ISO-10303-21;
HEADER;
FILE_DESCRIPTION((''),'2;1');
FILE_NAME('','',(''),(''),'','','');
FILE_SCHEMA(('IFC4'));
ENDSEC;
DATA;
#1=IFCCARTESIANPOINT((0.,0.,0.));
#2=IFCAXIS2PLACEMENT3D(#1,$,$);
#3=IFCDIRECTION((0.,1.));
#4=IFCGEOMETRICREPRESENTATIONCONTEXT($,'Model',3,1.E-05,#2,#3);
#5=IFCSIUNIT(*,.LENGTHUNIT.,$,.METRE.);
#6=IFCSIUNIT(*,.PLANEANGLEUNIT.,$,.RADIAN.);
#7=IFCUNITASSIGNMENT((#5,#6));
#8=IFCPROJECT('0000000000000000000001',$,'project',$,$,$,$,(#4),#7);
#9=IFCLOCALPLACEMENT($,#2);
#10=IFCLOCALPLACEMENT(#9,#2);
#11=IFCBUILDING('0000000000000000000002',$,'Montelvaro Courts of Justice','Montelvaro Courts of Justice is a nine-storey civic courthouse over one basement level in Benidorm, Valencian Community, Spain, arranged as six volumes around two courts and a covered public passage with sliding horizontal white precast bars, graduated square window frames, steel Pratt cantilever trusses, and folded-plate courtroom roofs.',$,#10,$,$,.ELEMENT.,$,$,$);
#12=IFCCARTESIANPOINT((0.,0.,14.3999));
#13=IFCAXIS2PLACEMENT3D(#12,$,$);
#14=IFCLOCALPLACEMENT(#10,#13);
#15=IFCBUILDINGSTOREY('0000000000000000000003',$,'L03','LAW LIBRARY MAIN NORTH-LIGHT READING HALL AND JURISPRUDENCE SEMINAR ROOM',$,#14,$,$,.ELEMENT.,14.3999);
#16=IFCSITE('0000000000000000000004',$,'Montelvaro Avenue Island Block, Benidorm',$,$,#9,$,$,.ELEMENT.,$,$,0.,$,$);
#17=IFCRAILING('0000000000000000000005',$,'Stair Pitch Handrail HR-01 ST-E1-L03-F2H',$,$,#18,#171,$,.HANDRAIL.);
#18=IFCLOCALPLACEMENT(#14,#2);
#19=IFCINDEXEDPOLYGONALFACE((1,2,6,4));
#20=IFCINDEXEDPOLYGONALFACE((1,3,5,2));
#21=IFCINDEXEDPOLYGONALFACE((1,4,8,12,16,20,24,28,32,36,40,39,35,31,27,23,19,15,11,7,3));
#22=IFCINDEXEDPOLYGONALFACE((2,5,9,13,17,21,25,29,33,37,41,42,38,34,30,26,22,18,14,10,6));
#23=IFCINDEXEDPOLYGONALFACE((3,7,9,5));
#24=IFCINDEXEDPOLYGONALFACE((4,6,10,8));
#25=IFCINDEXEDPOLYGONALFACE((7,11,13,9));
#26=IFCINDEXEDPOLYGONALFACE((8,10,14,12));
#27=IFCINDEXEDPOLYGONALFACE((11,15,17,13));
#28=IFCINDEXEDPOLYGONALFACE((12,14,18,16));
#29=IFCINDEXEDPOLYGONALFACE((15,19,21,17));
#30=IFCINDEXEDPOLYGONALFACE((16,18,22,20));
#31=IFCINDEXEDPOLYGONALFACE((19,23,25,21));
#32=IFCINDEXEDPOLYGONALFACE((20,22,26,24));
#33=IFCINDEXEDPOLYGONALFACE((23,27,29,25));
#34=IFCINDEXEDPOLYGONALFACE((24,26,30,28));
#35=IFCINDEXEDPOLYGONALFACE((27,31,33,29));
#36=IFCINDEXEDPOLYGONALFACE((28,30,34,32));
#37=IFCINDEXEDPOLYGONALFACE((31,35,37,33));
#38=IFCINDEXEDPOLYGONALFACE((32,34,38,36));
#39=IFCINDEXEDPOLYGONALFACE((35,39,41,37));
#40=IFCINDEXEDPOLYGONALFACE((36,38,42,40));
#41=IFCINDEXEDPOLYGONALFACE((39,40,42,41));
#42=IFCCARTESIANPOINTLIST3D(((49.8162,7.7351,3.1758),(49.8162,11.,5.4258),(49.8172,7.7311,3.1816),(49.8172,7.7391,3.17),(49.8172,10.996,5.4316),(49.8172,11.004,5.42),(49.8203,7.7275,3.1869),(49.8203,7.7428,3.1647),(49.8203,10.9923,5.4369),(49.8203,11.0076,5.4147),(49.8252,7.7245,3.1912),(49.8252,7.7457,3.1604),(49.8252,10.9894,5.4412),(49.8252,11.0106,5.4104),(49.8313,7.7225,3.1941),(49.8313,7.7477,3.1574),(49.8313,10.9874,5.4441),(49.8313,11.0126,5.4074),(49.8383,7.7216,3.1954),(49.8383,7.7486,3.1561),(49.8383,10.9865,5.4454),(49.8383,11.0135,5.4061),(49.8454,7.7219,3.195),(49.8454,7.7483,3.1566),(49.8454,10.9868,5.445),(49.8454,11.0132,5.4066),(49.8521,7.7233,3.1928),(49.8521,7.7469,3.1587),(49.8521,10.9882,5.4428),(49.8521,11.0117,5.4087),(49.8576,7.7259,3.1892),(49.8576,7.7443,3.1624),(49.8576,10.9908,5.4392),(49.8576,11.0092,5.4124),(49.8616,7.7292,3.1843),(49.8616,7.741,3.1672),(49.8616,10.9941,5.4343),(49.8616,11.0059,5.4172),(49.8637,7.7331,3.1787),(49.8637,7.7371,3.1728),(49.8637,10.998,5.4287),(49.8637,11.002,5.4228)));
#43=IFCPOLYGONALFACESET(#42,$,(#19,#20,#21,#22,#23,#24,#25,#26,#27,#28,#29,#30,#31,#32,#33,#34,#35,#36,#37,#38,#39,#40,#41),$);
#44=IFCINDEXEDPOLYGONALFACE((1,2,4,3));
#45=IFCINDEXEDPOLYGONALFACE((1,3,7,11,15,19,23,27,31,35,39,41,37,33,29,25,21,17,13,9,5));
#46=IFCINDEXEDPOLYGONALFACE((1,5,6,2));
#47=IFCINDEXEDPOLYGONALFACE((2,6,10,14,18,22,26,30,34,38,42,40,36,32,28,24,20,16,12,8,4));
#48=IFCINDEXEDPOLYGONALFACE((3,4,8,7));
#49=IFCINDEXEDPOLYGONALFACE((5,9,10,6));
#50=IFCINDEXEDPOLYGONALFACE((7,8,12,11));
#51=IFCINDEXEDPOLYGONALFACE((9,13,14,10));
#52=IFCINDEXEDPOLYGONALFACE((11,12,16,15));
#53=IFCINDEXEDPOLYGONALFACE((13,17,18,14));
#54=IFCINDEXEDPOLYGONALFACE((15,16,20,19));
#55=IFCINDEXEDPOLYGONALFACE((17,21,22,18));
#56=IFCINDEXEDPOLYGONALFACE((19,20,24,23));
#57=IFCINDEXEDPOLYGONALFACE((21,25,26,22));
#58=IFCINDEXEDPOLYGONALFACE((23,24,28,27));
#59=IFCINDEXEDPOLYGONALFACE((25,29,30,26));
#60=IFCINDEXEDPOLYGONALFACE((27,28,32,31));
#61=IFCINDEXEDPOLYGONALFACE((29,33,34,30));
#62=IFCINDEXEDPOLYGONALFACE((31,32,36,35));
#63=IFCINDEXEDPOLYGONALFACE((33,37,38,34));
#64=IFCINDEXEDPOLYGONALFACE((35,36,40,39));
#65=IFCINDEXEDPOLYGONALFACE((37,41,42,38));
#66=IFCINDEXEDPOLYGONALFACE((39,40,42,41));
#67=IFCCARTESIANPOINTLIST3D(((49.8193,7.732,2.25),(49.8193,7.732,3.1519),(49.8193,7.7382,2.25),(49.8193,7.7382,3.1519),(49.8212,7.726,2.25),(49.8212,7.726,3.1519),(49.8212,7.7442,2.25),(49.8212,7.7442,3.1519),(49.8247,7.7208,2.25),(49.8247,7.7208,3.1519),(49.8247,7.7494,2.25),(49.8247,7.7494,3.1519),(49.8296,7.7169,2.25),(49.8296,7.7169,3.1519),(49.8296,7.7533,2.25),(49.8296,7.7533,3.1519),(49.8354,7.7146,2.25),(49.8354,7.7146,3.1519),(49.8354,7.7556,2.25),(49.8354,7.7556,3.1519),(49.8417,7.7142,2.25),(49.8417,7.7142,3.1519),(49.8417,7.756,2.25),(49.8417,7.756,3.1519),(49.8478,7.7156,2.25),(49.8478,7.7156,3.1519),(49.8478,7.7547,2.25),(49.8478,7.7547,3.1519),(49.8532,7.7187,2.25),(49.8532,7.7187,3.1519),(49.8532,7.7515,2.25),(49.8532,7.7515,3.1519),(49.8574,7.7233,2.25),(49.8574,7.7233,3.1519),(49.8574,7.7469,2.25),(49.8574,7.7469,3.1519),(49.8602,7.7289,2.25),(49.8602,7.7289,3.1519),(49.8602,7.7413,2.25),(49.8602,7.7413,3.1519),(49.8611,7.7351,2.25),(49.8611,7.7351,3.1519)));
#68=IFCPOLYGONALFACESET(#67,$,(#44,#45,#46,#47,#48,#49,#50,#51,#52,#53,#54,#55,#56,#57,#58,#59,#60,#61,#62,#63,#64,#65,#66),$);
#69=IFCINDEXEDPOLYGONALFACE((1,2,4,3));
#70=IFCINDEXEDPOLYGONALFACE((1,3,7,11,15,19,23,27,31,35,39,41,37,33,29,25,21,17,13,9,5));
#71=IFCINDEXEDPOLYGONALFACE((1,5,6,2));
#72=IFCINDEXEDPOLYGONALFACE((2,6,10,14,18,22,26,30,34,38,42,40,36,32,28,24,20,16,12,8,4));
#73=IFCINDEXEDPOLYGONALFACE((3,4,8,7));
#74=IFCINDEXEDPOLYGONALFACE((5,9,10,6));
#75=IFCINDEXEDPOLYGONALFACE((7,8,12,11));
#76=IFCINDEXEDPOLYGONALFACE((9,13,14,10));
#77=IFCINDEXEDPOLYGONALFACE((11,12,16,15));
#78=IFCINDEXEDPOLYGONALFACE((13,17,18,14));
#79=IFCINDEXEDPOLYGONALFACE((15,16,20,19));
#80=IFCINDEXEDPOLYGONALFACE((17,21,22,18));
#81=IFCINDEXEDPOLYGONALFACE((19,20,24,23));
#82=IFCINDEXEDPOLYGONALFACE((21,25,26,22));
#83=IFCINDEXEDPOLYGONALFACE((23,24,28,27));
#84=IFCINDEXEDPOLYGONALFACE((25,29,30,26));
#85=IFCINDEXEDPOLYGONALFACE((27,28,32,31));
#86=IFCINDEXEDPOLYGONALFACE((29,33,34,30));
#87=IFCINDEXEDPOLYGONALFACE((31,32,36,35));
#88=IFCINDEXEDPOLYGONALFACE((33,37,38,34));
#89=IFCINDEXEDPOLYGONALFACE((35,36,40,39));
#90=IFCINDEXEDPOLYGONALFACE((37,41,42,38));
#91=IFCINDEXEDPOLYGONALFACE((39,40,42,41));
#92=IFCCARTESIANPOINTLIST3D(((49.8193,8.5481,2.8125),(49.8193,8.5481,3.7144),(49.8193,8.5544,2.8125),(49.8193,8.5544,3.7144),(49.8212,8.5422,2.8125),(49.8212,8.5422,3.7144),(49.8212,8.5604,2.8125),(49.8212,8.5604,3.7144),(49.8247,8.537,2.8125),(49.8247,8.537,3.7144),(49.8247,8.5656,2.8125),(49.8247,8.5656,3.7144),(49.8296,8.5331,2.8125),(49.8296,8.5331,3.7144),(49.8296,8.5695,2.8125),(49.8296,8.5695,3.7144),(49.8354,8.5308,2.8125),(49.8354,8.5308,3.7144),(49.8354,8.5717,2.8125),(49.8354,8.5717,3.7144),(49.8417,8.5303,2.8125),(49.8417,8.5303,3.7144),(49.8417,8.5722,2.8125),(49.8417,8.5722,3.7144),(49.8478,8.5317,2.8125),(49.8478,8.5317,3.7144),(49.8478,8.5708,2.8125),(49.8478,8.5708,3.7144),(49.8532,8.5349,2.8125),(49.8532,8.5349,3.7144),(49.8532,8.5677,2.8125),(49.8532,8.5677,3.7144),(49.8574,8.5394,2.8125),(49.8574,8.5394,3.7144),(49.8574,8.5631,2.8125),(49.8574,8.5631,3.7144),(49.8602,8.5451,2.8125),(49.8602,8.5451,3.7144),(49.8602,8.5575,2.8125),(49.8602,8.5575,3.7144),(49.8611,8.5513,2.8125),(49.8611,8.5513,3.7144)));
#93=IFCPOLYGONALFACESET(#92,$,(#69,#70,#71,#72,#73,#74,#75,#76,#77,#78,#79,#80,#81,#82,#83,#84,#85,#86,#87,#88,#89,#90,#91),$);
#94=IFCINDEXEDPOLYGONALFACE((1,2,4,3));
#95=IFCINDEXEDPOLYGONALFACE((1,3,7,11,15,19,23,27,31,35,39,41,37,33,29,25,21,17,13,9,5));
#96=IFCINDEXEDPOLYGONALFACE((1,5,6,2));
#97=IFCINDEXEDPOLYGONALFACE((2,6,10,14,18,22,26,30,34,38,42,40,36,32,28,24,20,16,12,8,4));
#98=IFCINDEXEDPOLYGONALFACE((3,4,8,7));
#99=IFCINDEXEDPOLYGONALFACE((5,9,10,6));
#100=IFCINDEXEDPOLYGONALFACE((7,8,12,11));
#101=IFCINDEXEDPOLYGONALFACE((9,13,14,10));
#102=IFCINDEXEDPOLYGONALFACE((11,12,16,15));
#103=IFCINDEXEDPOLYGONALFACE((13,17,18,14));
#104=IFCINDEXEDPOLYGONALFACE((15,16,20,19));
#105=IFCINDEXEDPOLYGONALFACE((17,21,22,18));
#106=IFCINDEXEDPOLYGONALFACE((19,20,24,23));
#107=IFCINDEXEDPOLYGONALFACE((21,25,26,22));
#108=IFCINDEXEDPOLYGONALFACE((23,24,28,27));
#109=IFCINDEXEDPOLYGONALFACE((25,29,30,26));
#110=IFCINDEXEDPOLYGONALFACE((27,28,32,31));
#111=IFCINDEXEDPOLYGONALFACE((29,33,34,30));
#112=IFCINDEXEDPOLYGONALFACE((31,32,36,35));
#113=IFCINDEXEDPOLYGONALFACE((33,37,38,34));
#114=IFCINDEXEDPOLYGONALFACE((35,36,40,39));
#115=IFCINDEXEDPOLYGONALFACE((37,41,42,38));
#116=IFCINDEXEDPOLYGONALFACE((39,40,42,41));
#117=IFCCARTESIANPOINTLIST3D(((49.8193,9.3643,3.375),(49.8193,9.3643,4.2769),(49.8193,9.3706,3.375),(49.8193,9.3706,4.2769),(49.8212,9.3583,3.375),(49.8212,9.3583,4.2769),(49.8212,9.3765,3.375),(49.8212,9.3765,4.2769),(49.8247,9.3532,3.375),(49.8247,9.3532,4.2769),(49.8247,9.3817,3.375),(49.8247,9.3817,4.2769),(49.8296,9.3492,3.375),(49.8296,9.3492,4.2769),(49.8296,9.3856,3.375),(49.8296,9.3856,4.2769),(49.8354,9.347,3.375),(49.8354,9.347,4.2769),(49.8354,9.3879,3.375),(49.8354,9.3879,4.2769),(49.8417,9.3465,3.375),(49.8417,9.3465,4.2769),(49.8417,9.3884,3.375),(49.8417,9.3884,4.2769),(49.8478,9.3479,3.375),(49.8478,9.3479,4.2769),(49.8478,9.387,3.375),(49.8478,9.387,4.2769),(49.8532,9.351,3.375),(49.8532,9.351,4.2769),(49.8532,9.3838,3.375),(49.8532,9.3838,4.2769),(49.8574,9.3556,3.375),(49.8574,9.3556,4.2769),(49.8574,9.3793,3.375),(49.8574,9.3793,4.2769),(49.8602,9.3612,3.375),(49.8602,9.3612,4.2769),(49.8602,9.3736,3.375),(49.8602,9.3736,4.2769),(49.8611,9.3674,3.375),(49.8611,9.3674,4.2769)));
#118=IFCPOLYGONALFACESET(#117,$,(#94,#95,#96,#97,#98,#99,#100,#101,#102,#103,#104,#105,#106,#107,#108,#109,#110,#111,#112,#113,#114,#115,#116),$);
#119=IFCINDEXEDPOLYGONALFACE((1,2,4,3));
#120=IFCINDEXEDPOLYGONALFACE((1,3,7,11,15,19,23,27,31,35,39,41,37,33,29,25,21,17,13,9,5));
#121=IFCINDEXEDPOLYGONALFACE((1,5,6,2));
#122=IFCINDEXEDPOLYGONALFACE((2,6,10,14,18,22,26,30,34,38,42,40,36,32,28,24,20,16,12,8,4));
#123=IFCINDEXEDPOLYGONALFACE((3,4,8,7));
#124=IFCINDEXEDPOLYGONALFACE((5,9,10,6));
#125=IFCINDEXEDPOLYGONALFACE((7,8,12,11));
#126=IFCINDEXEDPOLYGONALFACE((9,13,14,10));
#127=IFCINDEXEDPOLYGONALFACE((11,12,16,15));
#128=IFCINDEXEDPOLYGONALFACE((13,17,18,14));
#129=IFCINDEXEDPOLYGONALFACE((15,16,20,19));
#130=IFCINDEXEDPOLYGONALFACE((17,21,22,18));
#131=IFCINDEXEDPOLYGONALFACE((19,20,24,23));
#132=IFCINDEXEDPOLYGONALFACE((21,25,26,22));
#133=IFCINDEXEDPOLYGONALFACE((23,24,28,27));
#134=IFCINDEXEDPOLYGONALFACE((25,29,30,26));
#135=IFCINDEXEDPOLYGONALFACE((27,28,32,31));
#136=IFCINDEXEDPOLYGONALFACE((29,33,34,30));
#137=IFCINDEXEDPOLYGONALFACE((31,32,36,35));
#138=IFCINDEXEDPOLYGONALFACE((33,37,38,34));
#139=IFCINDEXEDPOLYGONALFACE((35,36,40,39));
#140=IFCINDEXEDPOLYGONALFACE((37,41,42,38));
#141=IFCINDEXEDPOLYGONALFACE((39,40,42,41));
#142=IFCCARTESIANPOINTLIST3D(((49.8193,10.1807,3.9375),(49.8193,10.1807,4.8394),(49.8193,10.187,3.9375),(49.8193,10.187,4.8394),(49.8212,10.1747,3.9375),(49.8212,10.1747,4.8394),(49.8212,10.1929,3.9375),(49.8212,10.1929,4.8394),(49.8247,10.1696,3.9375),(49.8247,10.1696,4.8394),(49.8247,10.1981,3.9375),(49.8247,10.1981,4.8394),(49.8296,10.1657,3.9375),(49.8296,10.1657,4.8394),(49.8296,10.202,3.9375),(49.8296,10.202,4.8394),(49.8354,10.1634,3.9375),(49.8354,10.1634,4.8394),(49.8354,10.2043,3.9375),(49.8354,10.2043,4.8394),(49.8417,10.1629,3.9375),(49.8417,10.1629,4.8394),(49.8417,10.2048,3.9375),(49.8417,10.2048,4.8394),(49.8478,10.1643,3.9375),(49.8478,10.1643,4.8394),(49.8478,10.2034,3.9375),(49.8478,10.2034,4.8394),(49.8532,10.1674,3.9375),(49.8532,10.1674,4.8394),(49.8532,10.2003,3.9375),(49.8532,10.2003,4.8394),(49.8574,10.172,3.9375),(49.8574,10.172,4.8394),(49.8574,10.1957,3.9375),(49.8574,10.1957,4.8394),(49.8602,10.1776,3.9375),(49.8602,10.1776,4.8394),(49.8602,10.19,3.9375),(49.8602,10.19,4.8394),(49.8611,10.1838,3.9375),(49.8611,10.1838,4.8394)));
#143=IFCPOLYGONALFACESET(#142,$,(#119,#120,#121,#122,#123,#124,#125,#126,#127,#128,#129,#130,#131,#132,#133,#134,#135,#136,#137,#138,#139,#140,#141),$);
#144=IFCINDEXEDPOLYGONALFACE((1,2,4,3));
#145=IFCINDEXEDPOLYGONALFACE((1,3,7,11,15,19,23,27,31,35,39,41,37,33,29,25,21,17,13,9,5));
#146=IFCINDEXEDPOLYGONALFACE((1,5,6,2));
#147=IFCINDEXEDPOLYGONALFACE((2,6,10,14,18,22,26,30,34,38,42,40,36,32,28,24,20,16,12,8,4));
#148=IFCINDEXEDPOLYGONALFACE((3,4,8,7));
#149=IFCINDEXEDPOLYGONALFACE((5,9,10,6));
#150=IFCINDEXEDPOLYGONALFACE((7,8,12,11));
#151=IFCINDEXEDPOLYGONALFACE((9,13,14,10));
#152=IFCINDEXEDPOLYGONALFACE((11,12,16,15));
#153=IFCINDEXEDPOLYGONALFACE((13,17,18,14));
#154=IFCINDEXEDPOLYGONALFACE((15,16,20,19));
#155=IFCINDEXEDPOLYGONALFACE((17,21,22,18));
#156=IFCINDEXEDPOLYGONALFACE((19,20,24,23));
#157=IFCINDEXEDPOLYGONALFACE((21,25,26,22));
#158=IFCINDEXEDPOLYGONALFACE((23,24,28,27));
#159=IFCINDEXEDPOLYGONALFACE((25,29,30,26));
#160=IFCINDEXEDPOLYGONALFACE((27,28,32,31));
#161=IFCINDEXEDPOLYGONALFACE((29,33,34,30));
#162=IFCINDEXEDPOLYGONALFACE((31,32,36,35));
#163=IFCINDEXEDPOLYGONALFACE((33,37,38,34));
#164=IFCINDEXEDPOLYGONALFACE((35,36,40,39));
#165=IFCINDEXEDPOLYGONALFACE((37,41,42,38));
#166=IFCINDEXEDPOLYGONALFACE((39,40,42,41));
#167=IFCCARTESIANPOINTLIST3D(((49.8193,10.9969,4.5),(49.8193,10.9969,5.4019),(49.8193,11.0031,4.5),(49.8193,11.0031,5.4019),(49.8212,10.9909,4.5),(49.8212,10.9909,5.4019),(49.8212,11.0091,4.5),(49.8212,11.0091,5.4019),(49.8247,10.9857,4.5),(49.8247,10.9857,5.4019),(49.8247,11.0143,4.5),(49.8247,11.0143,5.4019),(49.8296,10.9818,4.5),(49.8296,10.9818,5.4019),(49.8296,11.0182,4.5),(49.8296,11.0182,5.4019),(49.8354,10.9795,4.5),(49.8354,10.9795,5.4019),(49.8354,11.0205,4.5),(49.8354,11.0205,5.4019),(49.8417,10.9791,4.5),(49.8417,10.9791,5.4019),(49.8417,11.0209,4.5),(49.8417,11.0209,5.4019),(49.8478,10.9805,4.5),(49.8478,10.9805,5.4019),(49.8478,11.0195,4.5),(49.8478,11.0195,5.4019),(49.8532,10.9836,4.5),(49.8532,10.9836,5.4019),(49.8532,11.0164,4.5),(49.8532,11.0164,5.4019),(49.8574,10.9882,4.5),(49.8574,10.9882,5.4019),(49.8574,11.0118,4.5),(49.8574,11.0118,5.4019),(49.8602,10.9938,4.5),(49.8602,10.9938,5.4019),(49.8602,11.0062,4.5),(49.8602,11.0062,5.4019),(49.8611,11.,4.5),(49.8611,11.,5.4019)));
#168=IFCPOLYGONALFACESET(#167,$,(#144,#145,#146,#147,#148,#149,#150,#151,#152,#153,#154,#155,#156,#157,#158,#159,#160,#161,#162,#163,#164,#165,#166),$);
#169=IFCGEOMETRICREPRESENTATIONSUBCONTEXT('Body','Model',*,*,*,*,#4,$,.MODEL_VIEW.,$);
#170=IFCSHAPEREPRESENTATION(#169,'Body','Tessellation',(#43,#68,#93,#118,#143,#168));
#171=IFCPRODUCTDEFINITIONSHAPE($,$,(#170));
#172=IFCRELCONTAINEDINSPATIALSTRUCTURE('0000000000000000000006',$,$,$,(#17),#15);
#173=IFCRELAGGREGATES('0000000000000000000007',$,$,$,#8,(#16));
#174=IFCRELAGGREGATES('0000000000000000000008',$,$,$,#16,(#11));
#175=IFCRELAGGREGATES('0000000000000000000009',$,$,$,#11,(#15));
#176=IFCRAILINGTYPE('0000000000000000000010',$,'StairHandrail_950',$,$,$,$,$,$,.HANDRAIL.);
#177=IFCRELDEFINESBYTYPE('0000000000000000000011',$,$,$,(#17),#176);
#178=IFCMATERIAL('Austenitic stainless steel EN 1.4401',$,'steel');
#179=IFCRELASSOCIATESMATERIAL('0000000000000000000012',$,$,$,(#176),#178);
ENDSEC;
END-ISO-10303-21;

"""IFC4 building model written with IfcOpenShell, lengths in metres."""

from ifc_helpers import new_model, si_unit, direction, frame, origin, origin_2d, place, context, subcontext, project, spatial, circle, extrude, material, type_object, element, save


model = new_model("IFC4")

# Units and contexts
model_context = context("Model", 3, precision=1e-05, world=origin(), true_north=direction((0.0, 1.0)))
body_context = subcontext(model_context, "Body", "Model", "MODEL_VIEW")
ifc_project = project(units=[si_unit("LENGTHUNIT", "METRE"), si_unit("PLANEANGLEUNIT", "RADIAN")], contexts=[model_context])

# Site, building, storey
site_placement = place(None, origin())
site = spatial("IfcSite", under=ifc_project, at=site_placement, Name="Montelvaro Avenue Island Block, Benidorm", CompositionType="ELEMENT", RefElevation=0.0)
building_placement = place(site_placement, origin())
building = spatial("IfcBuilding", under=site, at=building_placement, Name="Montelvaro Courts of Justice", Description="Montelvaro Courts of Justice is a nine-storey civic courthouse over one basement level in Benidorm, Valencian Community, Spain, arranged as six volumes around two courts and a covered public passage with sliding horizontal white precast bars, graduated square window frames, steel Pratt cantilever trusses, and folded-plate courtroom roofs.", CompositionType="ELEMENT")
storey_placement = place(building_placement, frame((0.0, 0.0, 14.3999)))
storey = spatial("IfcBuildingStorey", under=building, at=storey_placement, Name="L03", Description="LAW LIBRARY MAIN NORTH-LIGHT READING HALL AND JURISPRUDENCE SEMINAR ROOM", CompositionType="ELEMENT", Elevation=14.3999)

# Railing
ifc_material_1 = material(Name="Austenitic stainless steel EN 1.4401", Category="steel")
railing_type_1 = type_object("IfcRailingType", Name="StairHandrail_950", PredefinedType="HANDRAIL", material=ifc_material_1)
railing_1_placement = place(storey_placement, frame((49.8401, 7.7351, 2.25)))
element("IfcRailing", 1, at=railing_1_placement, inside=storey, type_object=railing_type_1, Name="Stair Pitch Handrail HR-01 ST-E1-L03-F2H", PredefinedType="HANDRAIL", context=body_context, shape_type="SweptSolid", body=[
    extrude(circle(Radius=0.0239, at=origin_2d()), frame((0.0, 0.0, 0.9258), z_axis=(0.0, 0.823407, 0.567451), x_axis=(-1.0, 0.0, 0.0)), (0.0, 0.0, 1.0), 3.9651),
    extrude(circle(Radius=0.021, at=origin_2d()), origin(), (0.0, 0.0, 1.0), 0.9019),
    extrude(circle(Radius=0.021, at=origin_2d()), frame((0.0, 0.8162, 0.5625)), (0.0, 0.0, 1.0), 0.9019),
    extrude(circle(Radius=0.021, at=origin_2d()), frame((0.0, 1.6323, 1.125)), (0.0, 0.0, 1.0), 0.9019),
    extrude(circle(Radius=0.021, at=origin_2d()), frame((0.0, 2.4487, 1.6875)), (0.0, 0.0, 1.0), 0.9019),
    extrude(circle(Radius=0.021, at=origin_2d()), frame((0.0, 3.2649, 2.25)), (0.0, 0.0, 1.0), 0.9019),
])

save(model, "model.ifc")
